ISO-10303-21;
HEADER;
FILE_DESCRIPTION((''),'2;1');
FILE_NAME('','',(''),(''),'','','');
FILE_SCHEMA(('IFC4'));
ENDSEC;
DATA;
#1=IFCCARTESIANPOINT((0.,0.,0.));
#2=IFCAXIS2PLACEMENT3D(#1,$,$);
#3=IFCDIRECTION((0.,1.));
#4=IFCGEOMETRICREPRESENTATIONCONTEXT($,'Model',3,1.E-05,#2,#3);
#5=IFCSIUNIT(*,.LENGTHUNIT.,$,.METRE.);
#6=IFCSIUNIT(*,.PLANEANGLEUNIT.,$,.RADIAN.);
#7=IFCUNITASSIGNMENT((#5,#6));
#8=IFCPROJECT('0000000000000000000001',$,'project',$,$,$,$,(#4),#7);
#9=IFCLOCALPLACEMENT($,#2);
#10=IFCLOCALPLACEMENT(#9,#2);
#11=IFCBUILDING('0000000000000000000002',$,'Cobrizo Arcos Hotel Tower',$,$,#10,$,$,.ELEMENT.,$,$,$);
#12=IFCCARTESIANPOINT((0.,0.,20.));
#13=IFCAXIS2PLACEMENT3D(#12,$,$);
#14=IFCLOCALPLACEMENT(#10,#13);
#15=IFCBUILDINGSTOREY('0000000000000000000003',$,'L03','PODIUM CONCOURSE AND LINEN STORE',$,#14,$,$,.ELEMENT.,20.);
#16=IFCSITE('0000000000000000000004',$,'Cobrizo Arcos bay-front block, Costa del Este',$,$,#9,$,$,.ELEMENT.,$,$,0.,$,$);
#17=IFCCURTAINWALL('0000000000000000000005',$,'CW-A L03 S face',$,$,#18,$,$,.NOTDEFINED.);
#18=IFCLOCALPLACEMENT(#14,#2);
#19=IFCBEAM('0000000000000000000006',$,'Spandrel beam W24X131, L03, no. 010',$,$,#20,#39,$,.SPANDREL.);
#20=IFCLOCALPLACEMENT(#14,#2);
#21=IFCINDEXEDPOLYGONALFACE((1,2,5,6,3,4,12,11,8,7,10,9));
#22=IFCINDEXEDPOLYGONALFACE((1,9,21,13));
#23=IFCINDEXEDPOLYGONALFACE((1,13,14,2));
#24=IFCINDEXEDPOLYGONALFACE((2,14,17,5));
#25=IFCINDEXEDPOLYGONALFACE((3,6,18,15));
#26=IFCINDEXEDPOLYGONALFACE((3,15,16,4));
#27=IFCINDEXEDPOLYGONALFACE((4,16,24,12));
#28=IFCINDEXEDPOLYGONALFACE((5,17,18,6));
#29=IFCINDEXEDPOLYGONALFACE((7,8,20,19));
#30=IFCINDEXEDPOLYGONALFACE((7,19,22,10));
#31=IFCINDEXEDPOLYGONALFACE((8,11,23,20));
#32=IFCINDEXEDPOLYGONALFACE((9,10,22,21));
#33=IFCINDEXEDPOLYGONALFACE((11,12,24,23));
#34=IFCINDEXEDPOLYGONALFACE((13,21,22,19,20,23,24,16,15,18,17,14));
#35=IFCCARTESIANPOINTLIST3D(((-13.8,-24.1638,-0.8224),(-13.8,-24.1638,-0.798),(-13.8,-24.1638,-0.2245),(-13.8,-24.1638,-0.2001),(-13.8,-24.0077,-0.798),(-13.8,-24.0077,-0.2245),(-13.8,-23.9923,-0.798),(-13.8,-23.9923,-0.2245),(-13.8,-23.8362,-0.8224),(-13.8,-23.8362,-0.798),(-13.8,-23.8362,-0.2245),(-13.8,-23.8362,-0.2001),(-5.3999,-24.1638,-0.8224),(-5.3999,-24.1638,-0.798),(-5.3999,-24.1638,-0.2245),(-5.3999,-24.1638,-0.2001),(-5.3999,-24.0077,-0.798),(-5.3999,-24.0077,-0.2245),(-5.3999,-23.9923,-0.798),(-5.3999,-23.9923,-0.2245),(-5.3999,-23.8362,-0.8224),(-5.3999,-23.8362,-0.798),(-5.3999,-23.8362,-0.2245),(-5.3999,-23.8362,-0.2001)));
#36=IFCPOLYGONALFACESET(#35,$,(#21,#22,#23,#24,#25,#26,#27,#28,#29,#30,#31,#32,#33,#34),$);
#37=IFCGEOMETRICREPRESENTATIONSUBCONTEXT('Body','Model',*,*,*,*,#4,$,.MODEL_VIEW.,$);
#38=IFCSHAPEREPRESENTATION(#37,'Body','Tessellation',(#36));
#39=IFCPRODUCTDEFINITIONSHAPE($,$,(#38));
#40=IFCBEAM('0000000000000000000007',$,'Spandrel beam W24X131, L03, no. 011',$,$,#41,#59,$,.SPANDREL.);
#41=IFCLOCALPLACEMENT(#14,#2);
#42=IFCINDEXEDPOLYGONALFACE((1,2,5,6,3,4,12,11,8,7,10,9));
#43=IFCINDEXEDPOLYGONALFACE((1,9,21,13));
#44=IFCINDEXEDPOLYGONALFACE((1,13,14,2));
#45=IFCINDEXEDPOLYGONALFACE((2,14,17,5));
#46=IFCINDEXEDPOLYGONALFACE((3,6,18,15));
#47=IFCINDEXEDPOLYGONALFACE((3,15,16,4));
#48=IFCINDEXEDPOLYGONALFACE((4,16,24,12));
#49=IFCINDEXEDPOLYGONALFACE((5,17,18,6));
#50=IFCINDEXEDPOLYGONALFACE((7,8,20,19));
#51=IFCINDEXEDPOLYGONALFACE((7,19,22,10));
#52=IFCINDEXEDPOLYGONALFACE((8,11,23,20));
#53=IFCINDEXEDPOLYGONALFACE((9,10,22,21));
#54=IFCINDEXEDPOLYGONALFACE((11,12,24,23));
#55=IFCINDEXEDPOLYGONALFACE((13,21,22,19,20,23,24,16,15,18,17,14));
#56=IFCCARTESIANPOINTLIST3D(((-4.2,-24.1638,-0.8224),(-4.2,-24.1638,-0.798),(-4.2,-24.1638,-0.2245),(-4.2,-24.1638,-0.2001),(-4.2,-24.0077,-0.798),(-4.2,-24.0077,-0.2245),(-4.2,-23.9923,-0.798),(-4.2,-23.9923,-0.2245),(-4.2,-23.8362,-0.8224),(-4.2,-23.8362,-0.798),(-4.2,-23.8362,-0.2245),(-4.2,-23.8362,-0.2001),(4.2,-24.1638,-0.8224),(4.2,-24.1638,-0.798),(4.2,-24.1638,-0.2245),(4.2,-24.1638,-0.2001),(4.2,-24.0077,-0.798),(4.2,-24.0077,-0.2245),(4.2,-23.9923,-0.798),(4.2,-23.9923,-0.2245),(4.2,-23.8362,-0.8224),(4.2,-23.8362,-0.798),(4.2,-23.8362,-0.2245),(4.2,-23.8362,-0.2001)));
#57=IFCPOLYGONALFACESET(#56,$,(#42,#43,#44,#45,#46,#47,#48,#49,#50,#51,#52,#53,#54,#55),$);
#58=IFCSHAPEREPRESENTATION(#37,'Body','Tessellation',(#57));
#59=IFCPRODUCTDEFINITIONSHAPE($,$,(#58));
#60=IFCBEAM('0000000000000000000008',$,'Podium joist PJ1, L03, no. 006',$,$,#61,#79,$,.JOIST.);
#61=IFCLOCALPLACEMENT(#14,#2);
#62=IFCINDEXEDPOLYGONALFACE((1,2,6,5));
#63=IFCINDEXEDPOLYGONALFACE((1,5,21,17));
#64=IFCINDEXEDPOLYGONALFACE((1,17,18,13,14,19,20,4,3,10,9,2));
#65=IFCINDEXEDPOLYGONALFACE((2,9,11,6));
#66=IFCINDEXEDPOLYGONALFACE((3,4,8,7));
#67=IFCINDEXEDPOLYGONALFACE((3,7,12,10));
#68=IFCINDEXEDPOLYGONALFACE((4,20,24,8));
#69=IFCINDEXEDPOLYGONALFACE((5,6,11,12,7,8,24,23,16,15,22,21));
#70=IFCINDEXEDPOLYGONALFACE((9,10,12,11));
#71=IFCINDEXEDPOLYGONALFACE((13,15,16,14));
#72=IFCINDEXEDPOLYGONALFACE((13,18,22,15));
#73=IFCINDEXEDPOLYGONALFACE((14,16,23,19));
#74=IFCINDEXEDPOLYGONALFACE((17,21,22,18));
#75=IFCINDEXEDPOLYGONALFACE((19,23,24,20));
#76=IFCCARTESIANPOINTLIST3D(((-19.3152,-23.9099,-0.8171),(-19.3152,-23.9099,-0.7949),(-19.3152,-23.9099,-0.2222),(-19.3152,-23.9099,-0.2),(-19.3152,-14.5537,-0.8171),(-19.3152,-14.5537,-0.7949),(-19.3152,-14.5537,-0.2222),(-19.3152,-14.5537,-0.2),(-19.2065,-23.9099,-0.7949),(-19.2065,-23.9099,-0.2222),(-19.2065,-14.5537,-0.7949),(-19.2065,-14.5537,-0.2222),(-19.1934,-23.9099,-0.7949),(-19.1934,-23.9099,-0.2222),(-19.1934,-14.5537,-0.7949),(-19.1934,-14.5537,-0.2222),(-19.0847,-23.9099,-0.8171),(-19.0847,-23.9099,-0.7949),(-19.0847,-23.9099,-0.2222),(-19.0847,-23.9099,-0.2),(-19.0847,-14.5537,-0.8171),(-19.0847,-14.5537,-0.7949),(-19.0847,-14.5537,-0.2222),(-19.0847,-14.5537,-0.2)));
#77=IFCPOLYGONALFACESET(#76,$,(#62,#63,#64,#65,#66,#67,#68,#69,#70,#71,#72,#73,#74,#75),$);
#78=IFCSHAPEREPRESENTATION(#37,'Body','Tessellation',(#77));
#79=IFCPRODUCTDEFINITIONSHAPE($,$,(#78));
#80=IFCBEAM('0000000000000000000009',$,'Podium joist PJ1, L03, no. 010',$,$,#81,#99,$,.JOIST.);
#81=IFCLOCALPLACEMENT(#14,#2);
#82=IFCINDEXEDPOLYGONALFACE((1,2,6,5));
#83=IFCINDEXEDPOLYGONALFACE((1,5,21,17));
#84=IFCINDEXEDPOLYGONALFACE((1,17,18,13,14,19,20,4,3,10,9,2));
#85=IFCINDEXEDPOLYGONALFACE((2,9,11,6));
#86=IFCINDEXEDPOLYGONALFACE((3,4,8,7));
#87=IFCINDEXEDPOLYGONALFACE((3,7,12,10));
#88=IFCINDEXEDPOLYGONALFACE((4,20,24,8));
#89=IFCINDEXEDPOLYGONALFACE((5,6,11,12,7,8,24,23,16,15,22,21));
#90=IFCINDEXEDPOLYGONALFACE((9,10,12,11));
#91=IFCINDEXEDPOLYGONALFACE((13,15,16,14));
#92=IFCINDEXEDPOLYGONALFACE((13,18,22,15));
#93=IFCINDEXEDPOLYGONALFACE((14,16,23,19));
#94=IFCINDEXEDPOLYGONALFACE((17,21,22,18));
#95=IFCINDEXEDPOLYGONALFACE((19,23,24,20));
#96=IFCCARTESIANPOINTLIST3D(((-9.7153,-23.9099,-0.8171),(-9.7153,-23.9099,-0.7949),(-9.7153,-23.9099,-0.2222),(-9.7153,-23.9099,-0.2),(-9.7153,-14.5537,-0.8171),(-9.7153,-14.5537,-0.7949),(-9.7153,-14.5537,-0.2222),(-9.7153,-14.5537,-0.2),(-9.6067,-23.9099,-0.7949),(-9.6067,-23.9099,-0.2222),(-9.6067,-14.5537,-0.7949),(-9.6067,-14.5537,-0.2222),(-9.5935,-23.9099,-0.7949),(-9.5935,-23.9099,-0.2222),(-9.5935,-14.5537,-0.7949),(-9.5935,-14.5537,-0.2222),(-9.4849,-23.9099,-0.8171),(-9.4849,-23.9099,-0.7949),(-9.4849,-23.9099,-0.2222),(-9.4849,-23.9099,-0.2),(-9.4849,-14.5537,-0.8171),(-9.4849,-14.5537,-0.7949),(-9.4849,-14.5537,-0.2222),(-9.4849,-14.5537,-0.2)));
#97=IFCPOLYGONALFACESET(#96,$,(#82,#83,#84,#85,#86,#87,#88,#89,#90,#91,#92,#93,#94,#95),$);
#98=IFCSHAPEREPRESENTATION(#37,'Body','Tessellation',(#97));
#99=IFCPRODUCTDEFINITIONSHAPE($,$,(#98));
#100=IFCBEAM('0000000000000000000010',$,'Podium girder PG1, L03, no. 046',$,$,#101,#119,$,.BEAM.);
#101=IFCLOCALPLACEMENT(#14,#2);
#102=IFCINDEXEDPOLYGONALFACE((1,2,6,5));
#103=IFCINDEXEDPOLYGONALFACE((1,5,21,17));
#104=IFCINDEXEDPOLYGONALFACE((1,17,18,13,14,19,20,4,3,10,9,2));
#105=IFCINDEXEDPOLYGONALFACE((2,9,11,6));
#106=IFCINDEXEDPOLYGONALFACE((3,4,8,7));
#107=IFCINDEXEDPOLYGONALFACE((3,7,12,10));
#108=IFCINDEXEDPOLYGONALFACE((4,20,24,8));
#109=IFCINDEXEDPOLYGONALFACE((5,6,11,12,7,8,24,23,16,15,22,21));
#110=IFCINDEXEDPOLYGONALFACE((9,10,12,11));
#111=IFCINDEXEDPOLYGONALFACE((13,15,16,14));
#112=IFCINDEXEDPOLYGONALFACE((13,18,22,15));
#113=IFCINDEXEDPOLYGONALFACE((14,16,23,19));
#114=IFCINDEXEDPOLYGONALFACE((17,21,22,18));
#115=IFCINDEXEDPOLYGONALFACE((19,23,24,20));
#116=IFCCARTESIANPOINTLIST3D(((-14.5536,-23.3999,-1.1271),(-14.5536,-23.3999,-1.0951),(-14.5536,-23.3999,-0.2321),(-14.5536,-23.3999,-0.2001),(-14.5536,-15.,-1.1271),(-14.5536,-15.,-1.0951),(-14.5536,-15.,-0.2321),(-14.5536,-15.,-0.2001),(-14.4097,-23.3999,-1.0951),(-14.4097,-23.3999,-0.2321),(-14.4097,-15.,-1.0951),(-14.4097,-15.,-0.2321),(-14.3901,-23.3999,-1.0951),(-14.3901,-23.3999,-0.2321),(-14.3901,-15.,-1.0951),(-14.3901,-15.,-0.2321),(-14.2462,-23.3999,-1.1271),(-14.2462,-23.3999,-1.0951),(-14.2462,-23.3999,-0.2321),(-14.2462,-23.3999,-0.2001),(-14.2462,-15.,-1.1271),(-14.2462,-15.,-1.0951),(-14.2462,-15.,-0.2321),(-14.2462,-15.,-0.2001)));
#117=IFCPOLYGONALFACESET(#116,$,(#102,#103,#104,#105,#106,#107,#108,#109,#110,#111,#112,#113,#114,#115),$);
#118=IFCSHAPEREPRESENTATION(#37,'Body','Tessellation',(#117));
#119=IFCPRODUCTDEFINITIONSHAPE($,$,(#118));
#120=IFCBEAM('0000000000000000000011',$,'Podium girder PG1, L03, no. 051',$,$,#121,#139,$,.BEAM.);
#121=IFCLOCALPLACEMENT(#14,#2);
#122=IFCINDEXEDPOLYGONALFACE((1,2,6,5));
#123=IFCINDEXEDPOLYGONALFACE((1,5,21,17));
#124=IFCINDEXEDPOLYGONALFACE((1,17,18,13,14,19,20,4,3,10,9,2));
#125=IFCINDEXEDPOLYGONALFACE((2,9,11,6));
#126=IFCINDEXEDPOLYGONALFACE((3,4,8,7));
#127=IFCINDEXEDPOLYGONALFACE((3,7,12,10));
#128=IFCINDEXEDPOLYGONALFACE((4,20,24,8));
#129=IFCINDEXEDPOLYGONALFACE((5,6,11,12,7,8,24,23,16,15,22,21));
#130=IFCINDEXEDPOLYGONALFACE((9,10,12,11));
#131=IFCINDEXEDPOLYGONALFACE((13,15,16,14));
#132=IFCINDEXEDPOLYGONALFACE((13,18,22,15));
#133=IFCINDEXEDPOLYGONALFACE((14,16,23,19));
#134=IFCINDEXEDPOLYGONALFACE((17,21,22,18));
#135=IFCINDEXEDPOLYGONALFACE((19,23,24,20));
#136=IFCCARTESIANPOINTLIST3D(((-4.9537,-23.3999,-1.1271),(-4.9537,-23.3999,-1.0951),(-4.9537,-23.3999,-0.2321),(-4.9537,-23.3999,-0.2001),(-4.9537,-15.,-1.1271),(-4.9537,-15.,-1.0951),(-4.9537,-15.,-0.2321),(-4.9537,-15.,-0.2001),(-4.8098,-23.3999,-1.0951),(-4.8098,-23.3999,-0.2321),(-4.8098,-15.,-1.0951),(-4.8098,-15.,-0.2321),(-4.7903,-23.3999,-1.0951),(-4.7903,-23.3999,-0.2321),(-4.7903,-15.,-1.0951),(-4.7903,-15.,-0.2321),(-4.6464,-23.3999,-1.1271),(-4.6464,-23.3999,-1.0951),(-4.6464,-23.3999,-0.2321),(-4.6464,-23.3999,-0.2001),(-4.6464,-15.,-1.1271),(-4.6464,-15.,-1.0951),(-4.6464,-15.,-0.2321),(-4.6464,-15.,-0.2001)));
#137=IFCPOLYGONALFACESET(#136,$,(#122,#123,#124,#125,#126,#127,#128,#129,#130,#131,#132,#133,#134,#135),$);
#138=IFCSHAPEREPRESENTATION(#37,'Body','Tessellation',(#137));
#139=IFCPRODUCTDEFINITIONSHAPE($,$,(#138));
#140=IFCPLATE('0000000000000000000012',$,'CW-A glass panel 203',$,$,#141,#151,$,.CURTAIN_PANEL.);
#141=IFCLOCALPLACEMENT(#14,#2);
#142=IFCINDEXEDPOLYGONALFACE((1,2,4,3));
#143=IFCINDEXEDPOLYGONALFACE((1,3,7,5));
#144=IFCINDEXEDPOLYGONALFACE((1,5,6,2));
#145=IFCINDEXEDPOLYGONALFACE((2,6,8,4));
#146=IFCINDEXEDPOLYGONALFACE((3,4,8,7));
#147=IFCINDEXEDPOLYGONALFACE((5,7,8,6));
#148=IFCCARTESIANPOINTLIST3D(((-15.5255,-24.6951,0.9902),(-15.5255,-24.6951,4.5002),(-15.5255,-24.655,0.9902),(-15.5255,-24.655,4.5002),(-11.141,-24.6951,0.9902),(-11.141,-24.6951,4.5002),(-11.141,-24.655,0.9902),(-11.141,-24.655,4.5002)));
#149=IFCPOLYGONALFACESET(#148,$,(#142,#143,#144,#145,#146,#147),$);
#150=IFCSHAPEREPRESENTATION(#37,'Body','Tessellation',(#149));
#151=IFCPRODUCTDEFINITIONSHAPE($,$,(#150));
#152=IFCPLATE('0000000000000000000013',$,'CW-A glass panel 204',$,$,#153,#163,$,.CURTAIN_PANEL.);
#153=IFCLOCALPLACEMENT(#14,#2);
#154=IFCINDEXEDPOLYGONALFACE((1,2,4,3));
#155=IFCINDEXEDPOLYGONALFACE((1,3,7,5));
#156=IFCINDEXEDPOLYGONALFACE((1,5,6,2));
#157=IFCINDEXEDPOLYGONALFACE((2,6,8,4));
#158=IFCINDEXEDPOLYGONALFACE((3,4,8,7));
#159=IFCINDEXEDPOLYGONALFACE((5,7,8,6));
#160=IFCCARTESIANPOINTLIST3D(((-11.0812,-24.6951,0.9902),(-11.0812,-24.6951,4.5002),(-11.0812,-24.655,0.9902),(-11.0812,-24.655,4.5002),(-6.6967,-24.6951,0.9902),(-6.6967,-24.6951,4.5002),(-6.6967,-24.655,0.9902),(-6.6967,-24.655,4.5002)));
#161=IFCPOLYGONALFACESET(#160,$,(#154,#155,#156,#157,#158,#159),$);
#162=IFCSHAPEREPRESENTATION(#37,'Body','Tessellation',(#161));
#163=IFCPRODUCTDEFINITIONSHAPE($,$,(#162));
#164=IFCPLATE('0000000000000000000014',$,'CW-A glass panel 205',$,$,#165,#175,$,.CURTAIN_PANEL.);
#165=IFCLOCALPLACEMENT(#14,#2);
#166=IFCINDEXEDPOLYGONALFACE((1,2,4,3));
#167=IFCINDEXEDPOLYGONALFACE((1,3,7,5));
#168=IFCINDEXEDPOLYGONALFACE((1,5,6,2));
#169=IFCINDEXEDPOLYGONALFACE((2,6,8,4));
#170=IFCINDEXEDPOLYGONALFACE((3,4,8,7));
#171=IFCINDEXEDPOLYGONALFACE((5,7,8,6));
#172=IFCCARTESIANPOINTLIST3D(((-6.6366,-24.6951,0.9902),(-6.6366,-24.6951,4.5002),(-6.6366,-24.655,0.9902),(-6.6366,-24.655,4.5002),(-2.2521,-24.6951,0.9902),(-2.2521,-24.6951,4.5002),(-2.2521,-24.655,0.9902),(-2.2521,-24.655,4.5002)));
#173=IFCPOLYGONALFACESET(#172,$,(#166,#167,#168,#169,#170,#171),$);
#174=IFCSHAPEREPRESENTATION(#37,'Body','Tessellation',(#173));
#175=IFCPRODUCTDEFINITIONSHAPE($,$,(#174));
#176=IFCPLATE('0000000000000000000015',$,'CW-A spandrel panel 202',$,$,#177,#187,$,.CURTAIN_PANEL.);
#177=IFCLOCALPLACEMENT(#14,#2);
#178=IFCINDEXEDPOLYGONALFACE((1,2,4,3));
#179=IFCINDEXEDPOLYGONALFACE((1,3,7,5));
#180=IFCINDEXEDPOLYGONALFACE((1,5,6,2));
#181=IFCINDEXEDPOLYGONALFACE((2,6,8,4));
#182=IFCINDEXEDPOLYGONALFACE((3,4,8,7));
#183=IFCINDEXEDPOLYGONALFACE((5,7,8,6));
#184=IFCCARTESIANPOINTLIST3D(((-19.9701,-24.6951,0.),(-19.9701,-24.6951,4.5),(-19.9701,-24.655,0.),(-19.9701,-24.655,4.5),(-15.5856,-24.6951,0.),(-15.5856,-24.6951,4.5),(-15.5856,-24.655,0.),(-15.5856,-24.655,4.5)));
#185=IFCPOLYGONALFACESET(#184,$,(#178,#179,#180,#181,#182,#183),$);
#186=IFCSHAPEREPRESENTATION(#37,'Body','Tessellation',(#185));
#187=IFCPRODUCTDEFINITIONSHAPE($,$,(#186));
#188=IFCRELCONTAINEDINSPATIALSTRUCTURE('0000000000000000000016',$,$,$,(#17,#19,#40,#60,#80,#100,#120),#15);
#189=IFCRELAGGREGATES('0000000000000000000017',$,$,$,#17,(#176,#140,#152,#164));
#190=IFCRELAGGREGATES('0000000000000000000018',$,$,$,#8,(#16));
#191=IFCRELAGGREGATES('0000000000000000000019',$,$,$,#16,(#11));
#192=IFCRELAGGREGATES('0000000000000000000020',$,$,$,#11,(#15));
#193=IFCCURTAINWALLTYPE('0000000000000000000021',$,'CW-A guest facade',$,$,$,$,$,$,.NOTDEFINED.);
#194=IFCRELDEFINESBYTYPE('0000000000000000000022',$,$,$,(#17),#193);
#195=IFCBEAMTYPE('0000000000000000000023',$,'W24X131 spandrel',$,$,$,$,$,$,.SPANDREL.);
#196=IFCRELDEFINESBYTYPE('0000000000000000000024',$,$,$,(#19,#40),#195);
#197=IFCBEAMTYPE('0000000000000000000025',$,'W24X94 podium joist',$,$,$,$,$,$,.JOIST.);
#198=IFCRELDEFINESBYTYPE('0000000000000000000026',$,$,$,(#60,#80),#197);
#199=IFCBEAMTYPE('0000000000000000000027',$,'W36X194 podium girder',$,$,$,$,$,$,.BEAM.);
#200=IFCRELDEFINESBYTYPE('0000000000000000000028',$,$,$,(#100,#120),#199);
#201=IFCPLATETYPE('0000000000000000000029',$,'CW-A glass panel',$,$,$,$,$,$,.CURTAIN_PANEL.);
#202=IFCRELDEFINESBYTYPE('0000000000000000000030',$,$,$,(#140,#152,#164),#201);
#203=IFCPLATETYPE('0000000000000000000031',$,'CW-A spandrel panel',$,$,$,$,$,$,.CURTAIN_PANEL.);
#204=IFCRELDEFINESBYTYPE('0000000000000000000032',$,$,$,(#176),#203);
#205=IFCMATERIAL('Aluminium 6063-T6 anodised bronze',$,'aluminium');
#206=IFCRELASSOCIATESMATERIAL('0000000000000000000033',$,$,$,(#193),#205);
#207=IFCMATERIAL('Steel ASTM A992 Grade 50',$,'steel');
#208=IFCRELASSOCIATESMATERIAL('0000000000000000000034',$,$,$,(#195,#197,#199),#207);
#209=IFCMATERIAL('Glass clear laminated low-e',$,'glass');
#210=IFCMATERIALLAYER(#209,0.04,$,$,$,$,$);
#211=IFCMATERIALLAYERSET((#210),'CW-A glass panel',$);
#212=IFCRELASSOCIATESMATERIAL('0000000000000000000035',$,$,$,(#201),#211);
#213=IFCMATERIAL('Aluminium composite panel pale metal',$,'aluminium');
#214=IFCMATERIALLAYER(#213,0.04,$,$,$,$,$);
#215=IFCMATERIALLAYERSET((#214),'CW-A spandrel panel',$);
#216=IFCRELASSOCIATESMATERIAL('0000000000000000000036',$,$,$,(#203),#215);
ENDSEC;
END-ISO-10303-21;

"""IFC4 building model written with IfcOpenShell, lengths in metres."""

from ifc_helpers import new_model, si_unit, direction, frame, origin, origin_2d, place, context, subcontext, project, spatial, rectangle, i_section, extrude, material, layer, layer_set, material_profile, profile_set, type_object, element, aggregate, save


model = new_model("IFC4")

# Units and contexts
model_context = context("Model", 3, precision=1e-05, world=origin(), true_north=direction((0.0, 1.0)))
body_context = subcontext(model_context, "Body", "Model", "MODEL_VIEW")
ifc_project = project(units=[si_unit("LENGTHUNIT", "METRE"), si_unit("PLANEANGLEUNIT", "RADIAN")], contexts=[model_context])

# Site, building, storey
site_placement = place(None, origin())
site = spatial("IfcSite", under=ifc_project, at=site_placement, Name="Cobrizo Arcos bay-front block, Costa del Este", CompositionType="ELEMENT", RefElevation=0.0)
building_placement = place(site_placement, origin())
building = spatial("IfcBuilding", under=site, at=building_placement, Name="Cobrizo Arcos Hotel Tower", CompositionType="ELEMENT")
storey_placement = place(building_placement, frame((0.0, 0.0, 20.0)))
storey = spatial("IfcBuildingStorey", under=building, at=storey_placement, Name="L03", Description="PODIUM CONCOURSE AND LINEN STORE", CompositionType="ELEMENT", Elevation=20.0)

# Curtain wall
ifc_material_1 = material(Name="Aluminium 6063-T6 anodised bronze", Category="aluminium")
curtain_wall_type = type_object("IfcCurtainWallType", Name="CW-A guest facade", PredefinedType="NOTDEFINED", material=ifc_material_1)
curtain_wall_placement = place(storey_placement, origin())
curtain_wall = element("IfcCurtainWall", 1, at=curtain_wall_placement, inside=storey, type_object=curtain_wall_type, Name="CW-A L03 S face", PredefinedType="NOTDEFINED")

# Beams
ifc_material_2 = material(Name="Steel ASTM A992 Grade 50", Category="steel")
ifc_material_profile_1 = material_profile(ifc_material_2, i_section(OverallWidth=0.3276, OverallDepth=0.6223, WebThickness=0.0154, FlangeThickness=0.0244, at=origin_2d()), Name="W24X131")
ifc_profile_set_1 = profile_set([ifc_material_profile_1], Name="Steel ASTM A992 Grade 50")
beam_type_1 = type_object("IfcBeamType", Name="W24X131 spandrel", PredefinedType="SPANDREL", material=ifc_profile_set_1)
beam_1_placement = place(storey_placement, frame((-13.8, -24.0, -0.5112), z_axis=(1.0, 0.0, 0.0), x_axis=(0.0, 1.0, 0.0)))
element("IfcBeam", 2, at=beam_1_placement, inside=storey, type_object=beam_type_1, Name="Spandrel beam W24X131, L03, no. 010", PredefinedType="SPANDREL", context=body_context, shape_type="SweptSolid", body=[
    extrude(i_section(OverallWidth=0.3276, OverallDepth=0.6223, WebThickness=0.0154, FlangeThickness=0.0244, at=origin_2d()), origin(), (0.0, 0.0, 1.0), 8.4001),
])
beam_2_placement = place(storey_placement, frame((-4.2, -24.0, -0.5112), z_axis=(1.0, 0.0, 0.0), x_axis=(0.0, 1.0, 0.0)))
element("IfcBeam", 3, at=beam_2_placement, inside=storey, type_object=beam_type_1, Name="Spandrel beam W24X131, L03, no. 011", PredefinedType="SPANDREL", context=body_context, shape_type="SweptSolid", body=[
    extrude(i_section(OverallWidth=0.3276, OverallDepth=0.6223, WebThickness=0.0154, FlangeThickness=0.0244, at=origin_2d()), origin(), (0.0, 0.0, 1.0), 8.3999),
])
ifc_material_profile_2 = material_profile(ifc_material_2, i_section(OverallWidth=0.2305, OverallDepth=0.6172, WebThickness=0.0132, FlangeThickness=0.0222, at=origin_2d()), Name="W24X94")
ifc_profile_set_2 = profile_set([ifc_material_profile_2], Name="Steel ASTM A992 Grade 50")
beam_type_2 = type_object("IfcBeamType", Name="W24X94 podium joist", PredefinedType="JOIST", material=ifc_profile_set_2)
for number, where, z_axis, x_axis, name in (
    (4, (-19.2, -23.9099, -0.5085), (0.0, 1.0, 0.0), (-1.0, 0.0, 0.0), "Podium joist PJ1, L03, no. 006"),
    (5, (-9.6001, -23.9099, -0.5085), (0.0, 1.0, 0.0), (-1.0, 0.0, 0.0), "Podium joist PJ1, L03, no. 010"),
):
    element("IfcBeam", number, at=place(storey_placement, frame(where, z_axis=z_axis, x_axis=x_axis)), inside=storey, type_object=beam_type_2, Name=name, PredefinedType="JOIST", context=body_context, shape_type="SweptSolid", body=[
        extrude(i_section(OverallWidth=0.2305, OverallDepth=0.6172, WebThickness=0.0132, FlangeThickness=0.0222, at=origin_2d()), origin(), (0.0, 0.0, 1.0), 9.3562),
    ])
ifc_material_profile_3 = material_profile(ifc_material_2, i_section(OverallWidth=0.3074, OverallDepth=0.927, WebThickness=0.0195, FlangeThickness=0.032, at=origin_2d()), Name="W36X194")
ifc_profile_set_3 = profile_set([ifc_material_profile_3], Name="Steel ASTM A992 Grade 50")
beam_type_3 = type_object("IfcBeamType", Name="W36X194 podium girder", PredefinedType="BEAM", material=ifc_profile_set_3)
for number, where, z_axis, x_axis, name in (
    (6, (-14.3999, -23.3999, -0.6636), (0.0, 1.0, 0.0), (-1.0, 0.0, 0.0), "Podium girder PG1, L03, no. 046"),
    (7, (-4.8, -23.3999, -0.6636), (0.0, 1.0, 0.0), (-1.0, 0.0, 0.0), "Podium girder PG1, L03, no. 051"),
):
    element("IfcBeam", number, at=place(storey_placement, frame(where, z_axis=z_axis, x_axis=x_axis)), inside=storey, type_object=beam_type_3, Name=name, PredefinedType="BEAM", context=body_context, shape_type="SweptSolid", body=[
        extrude(i_section(OverallWidth=0.3074, OverallDepth=0.927, WebThickness=0.0195, FlangeThickness=0.032, at=origin_2d()), origin(), (0.0, 0.0, 1.0), 8.3999),
    ])

# Plates
ifc_material_3 = material(Name="Glass clear laminated low-e", Category="glass")
ifc_layer_1 = layer(ifc_material_3, 0.04)
ifc_layer_set_1 = layer_set([ifc_layer_1], Name="CW-A glass panel")
plate_type_1 = type_object("IfcPlateType", Name="CW-A glass panel", PredefinedType="CURTAIN_PANEL", material=ifc_layer_set_1)
plate_1_placement = place(storey_placement, frame((-13.3333, -24.675, 0.9902), z_axis=(0.0, 0.0, 1.0), x_axis=(1.0, 0.0, 0.0)))
plate_1 = element("IfcPlate", 8, at=plate_1_placement, type_object=plate_type_1, Name="CW-A glass panel 203", PredefinedType="CURTAIN_PANEL", context=body_context, shape_type="SweptSolid", body=[
    extrude(rectangle(XDim=4.3845, YDim=0.04, at=origin_2d()), origin(), (0.0, 0.0, 1.0), 3.51),
])
plate_2_placement = place(storey_placement, frame((-8.8889, -24.675, 0.9902), z_axis=(0.0, 0.0, 1.0), x_axis=(1.0, 0.0, 0.0)))
plate_2 = element("IfcPlate", 9, at=plate_2_placement, type_object=plate_type_1, Name="CW-A glass panel 204", PredefinedType="CURTAIN_PANEL", context=body_context, shape_type="SweptSolid", body=[
    extrude(rectangle(XDim=4.3845, YDim=0.04, at=origin_2d()), origin(), (0.0, 0.0, 1.0), 3.51),
])
plate_3_placement = place(storey_placement, frame((-4.4443, -24.675, 0.9902), z_axis=(0.0, 0.0, 1.0), x_axis=(1.0, 0.0, 0.0)))
plate_3 = element("IfcPlate", 10, at=plate_3_placement, type_object=plate_type_1, Name="CW-A glass panel 205", PredefinedType="CURTAIN_PANEL", context=body_context, shape_type="SweptSolid", body=[
    extrude(rectangle(XDim=4.3845, YDim=0.04, at=origin_2d()), origin(), (0.0, 0.0, 1.0), 3.51),
])
ifc_material_4 = material(Name="Aluminium composite panel pale metal", Category="aluminium")
ifc_layer_2 = layer(ifc_material_4, 0.04)
ifc_layer_set_2 = layer_set([ifc_layer_2], Name="CW-A spandrel panel")
plate_type_2 = type_object("IfcPlateType", Name="CW-A spandrel panel", PredefinedType="CURTAIN_PANEL", material=ifc_layer_set_2)
plate_4_placement = place(storey_placement, frame((-17.7778, -24.675, 0.0), z_axis=(0.0, 0.0, 1.0), x_axis=(1.0, 0.0, 0.0)))
plate_4 = element("IfcPlate", 11, at=plate_4_placement, type_object=plate_type_2, Name="CW-A spandrel panel 202", PredefinedType="CURTAIN_PANEL", context=body_context, shape_type="SweptSolid", body=[
    extrude(rectangle(XDim=4.3845, YDim=0.04, at=origin_2d()), origin(), (0.0, 0.0, 1.0), 4.5),
])
aggregate(curtain_wall, [plate_4, plate_1, plate_2, plate_3])

save(model, "model.ifc")
